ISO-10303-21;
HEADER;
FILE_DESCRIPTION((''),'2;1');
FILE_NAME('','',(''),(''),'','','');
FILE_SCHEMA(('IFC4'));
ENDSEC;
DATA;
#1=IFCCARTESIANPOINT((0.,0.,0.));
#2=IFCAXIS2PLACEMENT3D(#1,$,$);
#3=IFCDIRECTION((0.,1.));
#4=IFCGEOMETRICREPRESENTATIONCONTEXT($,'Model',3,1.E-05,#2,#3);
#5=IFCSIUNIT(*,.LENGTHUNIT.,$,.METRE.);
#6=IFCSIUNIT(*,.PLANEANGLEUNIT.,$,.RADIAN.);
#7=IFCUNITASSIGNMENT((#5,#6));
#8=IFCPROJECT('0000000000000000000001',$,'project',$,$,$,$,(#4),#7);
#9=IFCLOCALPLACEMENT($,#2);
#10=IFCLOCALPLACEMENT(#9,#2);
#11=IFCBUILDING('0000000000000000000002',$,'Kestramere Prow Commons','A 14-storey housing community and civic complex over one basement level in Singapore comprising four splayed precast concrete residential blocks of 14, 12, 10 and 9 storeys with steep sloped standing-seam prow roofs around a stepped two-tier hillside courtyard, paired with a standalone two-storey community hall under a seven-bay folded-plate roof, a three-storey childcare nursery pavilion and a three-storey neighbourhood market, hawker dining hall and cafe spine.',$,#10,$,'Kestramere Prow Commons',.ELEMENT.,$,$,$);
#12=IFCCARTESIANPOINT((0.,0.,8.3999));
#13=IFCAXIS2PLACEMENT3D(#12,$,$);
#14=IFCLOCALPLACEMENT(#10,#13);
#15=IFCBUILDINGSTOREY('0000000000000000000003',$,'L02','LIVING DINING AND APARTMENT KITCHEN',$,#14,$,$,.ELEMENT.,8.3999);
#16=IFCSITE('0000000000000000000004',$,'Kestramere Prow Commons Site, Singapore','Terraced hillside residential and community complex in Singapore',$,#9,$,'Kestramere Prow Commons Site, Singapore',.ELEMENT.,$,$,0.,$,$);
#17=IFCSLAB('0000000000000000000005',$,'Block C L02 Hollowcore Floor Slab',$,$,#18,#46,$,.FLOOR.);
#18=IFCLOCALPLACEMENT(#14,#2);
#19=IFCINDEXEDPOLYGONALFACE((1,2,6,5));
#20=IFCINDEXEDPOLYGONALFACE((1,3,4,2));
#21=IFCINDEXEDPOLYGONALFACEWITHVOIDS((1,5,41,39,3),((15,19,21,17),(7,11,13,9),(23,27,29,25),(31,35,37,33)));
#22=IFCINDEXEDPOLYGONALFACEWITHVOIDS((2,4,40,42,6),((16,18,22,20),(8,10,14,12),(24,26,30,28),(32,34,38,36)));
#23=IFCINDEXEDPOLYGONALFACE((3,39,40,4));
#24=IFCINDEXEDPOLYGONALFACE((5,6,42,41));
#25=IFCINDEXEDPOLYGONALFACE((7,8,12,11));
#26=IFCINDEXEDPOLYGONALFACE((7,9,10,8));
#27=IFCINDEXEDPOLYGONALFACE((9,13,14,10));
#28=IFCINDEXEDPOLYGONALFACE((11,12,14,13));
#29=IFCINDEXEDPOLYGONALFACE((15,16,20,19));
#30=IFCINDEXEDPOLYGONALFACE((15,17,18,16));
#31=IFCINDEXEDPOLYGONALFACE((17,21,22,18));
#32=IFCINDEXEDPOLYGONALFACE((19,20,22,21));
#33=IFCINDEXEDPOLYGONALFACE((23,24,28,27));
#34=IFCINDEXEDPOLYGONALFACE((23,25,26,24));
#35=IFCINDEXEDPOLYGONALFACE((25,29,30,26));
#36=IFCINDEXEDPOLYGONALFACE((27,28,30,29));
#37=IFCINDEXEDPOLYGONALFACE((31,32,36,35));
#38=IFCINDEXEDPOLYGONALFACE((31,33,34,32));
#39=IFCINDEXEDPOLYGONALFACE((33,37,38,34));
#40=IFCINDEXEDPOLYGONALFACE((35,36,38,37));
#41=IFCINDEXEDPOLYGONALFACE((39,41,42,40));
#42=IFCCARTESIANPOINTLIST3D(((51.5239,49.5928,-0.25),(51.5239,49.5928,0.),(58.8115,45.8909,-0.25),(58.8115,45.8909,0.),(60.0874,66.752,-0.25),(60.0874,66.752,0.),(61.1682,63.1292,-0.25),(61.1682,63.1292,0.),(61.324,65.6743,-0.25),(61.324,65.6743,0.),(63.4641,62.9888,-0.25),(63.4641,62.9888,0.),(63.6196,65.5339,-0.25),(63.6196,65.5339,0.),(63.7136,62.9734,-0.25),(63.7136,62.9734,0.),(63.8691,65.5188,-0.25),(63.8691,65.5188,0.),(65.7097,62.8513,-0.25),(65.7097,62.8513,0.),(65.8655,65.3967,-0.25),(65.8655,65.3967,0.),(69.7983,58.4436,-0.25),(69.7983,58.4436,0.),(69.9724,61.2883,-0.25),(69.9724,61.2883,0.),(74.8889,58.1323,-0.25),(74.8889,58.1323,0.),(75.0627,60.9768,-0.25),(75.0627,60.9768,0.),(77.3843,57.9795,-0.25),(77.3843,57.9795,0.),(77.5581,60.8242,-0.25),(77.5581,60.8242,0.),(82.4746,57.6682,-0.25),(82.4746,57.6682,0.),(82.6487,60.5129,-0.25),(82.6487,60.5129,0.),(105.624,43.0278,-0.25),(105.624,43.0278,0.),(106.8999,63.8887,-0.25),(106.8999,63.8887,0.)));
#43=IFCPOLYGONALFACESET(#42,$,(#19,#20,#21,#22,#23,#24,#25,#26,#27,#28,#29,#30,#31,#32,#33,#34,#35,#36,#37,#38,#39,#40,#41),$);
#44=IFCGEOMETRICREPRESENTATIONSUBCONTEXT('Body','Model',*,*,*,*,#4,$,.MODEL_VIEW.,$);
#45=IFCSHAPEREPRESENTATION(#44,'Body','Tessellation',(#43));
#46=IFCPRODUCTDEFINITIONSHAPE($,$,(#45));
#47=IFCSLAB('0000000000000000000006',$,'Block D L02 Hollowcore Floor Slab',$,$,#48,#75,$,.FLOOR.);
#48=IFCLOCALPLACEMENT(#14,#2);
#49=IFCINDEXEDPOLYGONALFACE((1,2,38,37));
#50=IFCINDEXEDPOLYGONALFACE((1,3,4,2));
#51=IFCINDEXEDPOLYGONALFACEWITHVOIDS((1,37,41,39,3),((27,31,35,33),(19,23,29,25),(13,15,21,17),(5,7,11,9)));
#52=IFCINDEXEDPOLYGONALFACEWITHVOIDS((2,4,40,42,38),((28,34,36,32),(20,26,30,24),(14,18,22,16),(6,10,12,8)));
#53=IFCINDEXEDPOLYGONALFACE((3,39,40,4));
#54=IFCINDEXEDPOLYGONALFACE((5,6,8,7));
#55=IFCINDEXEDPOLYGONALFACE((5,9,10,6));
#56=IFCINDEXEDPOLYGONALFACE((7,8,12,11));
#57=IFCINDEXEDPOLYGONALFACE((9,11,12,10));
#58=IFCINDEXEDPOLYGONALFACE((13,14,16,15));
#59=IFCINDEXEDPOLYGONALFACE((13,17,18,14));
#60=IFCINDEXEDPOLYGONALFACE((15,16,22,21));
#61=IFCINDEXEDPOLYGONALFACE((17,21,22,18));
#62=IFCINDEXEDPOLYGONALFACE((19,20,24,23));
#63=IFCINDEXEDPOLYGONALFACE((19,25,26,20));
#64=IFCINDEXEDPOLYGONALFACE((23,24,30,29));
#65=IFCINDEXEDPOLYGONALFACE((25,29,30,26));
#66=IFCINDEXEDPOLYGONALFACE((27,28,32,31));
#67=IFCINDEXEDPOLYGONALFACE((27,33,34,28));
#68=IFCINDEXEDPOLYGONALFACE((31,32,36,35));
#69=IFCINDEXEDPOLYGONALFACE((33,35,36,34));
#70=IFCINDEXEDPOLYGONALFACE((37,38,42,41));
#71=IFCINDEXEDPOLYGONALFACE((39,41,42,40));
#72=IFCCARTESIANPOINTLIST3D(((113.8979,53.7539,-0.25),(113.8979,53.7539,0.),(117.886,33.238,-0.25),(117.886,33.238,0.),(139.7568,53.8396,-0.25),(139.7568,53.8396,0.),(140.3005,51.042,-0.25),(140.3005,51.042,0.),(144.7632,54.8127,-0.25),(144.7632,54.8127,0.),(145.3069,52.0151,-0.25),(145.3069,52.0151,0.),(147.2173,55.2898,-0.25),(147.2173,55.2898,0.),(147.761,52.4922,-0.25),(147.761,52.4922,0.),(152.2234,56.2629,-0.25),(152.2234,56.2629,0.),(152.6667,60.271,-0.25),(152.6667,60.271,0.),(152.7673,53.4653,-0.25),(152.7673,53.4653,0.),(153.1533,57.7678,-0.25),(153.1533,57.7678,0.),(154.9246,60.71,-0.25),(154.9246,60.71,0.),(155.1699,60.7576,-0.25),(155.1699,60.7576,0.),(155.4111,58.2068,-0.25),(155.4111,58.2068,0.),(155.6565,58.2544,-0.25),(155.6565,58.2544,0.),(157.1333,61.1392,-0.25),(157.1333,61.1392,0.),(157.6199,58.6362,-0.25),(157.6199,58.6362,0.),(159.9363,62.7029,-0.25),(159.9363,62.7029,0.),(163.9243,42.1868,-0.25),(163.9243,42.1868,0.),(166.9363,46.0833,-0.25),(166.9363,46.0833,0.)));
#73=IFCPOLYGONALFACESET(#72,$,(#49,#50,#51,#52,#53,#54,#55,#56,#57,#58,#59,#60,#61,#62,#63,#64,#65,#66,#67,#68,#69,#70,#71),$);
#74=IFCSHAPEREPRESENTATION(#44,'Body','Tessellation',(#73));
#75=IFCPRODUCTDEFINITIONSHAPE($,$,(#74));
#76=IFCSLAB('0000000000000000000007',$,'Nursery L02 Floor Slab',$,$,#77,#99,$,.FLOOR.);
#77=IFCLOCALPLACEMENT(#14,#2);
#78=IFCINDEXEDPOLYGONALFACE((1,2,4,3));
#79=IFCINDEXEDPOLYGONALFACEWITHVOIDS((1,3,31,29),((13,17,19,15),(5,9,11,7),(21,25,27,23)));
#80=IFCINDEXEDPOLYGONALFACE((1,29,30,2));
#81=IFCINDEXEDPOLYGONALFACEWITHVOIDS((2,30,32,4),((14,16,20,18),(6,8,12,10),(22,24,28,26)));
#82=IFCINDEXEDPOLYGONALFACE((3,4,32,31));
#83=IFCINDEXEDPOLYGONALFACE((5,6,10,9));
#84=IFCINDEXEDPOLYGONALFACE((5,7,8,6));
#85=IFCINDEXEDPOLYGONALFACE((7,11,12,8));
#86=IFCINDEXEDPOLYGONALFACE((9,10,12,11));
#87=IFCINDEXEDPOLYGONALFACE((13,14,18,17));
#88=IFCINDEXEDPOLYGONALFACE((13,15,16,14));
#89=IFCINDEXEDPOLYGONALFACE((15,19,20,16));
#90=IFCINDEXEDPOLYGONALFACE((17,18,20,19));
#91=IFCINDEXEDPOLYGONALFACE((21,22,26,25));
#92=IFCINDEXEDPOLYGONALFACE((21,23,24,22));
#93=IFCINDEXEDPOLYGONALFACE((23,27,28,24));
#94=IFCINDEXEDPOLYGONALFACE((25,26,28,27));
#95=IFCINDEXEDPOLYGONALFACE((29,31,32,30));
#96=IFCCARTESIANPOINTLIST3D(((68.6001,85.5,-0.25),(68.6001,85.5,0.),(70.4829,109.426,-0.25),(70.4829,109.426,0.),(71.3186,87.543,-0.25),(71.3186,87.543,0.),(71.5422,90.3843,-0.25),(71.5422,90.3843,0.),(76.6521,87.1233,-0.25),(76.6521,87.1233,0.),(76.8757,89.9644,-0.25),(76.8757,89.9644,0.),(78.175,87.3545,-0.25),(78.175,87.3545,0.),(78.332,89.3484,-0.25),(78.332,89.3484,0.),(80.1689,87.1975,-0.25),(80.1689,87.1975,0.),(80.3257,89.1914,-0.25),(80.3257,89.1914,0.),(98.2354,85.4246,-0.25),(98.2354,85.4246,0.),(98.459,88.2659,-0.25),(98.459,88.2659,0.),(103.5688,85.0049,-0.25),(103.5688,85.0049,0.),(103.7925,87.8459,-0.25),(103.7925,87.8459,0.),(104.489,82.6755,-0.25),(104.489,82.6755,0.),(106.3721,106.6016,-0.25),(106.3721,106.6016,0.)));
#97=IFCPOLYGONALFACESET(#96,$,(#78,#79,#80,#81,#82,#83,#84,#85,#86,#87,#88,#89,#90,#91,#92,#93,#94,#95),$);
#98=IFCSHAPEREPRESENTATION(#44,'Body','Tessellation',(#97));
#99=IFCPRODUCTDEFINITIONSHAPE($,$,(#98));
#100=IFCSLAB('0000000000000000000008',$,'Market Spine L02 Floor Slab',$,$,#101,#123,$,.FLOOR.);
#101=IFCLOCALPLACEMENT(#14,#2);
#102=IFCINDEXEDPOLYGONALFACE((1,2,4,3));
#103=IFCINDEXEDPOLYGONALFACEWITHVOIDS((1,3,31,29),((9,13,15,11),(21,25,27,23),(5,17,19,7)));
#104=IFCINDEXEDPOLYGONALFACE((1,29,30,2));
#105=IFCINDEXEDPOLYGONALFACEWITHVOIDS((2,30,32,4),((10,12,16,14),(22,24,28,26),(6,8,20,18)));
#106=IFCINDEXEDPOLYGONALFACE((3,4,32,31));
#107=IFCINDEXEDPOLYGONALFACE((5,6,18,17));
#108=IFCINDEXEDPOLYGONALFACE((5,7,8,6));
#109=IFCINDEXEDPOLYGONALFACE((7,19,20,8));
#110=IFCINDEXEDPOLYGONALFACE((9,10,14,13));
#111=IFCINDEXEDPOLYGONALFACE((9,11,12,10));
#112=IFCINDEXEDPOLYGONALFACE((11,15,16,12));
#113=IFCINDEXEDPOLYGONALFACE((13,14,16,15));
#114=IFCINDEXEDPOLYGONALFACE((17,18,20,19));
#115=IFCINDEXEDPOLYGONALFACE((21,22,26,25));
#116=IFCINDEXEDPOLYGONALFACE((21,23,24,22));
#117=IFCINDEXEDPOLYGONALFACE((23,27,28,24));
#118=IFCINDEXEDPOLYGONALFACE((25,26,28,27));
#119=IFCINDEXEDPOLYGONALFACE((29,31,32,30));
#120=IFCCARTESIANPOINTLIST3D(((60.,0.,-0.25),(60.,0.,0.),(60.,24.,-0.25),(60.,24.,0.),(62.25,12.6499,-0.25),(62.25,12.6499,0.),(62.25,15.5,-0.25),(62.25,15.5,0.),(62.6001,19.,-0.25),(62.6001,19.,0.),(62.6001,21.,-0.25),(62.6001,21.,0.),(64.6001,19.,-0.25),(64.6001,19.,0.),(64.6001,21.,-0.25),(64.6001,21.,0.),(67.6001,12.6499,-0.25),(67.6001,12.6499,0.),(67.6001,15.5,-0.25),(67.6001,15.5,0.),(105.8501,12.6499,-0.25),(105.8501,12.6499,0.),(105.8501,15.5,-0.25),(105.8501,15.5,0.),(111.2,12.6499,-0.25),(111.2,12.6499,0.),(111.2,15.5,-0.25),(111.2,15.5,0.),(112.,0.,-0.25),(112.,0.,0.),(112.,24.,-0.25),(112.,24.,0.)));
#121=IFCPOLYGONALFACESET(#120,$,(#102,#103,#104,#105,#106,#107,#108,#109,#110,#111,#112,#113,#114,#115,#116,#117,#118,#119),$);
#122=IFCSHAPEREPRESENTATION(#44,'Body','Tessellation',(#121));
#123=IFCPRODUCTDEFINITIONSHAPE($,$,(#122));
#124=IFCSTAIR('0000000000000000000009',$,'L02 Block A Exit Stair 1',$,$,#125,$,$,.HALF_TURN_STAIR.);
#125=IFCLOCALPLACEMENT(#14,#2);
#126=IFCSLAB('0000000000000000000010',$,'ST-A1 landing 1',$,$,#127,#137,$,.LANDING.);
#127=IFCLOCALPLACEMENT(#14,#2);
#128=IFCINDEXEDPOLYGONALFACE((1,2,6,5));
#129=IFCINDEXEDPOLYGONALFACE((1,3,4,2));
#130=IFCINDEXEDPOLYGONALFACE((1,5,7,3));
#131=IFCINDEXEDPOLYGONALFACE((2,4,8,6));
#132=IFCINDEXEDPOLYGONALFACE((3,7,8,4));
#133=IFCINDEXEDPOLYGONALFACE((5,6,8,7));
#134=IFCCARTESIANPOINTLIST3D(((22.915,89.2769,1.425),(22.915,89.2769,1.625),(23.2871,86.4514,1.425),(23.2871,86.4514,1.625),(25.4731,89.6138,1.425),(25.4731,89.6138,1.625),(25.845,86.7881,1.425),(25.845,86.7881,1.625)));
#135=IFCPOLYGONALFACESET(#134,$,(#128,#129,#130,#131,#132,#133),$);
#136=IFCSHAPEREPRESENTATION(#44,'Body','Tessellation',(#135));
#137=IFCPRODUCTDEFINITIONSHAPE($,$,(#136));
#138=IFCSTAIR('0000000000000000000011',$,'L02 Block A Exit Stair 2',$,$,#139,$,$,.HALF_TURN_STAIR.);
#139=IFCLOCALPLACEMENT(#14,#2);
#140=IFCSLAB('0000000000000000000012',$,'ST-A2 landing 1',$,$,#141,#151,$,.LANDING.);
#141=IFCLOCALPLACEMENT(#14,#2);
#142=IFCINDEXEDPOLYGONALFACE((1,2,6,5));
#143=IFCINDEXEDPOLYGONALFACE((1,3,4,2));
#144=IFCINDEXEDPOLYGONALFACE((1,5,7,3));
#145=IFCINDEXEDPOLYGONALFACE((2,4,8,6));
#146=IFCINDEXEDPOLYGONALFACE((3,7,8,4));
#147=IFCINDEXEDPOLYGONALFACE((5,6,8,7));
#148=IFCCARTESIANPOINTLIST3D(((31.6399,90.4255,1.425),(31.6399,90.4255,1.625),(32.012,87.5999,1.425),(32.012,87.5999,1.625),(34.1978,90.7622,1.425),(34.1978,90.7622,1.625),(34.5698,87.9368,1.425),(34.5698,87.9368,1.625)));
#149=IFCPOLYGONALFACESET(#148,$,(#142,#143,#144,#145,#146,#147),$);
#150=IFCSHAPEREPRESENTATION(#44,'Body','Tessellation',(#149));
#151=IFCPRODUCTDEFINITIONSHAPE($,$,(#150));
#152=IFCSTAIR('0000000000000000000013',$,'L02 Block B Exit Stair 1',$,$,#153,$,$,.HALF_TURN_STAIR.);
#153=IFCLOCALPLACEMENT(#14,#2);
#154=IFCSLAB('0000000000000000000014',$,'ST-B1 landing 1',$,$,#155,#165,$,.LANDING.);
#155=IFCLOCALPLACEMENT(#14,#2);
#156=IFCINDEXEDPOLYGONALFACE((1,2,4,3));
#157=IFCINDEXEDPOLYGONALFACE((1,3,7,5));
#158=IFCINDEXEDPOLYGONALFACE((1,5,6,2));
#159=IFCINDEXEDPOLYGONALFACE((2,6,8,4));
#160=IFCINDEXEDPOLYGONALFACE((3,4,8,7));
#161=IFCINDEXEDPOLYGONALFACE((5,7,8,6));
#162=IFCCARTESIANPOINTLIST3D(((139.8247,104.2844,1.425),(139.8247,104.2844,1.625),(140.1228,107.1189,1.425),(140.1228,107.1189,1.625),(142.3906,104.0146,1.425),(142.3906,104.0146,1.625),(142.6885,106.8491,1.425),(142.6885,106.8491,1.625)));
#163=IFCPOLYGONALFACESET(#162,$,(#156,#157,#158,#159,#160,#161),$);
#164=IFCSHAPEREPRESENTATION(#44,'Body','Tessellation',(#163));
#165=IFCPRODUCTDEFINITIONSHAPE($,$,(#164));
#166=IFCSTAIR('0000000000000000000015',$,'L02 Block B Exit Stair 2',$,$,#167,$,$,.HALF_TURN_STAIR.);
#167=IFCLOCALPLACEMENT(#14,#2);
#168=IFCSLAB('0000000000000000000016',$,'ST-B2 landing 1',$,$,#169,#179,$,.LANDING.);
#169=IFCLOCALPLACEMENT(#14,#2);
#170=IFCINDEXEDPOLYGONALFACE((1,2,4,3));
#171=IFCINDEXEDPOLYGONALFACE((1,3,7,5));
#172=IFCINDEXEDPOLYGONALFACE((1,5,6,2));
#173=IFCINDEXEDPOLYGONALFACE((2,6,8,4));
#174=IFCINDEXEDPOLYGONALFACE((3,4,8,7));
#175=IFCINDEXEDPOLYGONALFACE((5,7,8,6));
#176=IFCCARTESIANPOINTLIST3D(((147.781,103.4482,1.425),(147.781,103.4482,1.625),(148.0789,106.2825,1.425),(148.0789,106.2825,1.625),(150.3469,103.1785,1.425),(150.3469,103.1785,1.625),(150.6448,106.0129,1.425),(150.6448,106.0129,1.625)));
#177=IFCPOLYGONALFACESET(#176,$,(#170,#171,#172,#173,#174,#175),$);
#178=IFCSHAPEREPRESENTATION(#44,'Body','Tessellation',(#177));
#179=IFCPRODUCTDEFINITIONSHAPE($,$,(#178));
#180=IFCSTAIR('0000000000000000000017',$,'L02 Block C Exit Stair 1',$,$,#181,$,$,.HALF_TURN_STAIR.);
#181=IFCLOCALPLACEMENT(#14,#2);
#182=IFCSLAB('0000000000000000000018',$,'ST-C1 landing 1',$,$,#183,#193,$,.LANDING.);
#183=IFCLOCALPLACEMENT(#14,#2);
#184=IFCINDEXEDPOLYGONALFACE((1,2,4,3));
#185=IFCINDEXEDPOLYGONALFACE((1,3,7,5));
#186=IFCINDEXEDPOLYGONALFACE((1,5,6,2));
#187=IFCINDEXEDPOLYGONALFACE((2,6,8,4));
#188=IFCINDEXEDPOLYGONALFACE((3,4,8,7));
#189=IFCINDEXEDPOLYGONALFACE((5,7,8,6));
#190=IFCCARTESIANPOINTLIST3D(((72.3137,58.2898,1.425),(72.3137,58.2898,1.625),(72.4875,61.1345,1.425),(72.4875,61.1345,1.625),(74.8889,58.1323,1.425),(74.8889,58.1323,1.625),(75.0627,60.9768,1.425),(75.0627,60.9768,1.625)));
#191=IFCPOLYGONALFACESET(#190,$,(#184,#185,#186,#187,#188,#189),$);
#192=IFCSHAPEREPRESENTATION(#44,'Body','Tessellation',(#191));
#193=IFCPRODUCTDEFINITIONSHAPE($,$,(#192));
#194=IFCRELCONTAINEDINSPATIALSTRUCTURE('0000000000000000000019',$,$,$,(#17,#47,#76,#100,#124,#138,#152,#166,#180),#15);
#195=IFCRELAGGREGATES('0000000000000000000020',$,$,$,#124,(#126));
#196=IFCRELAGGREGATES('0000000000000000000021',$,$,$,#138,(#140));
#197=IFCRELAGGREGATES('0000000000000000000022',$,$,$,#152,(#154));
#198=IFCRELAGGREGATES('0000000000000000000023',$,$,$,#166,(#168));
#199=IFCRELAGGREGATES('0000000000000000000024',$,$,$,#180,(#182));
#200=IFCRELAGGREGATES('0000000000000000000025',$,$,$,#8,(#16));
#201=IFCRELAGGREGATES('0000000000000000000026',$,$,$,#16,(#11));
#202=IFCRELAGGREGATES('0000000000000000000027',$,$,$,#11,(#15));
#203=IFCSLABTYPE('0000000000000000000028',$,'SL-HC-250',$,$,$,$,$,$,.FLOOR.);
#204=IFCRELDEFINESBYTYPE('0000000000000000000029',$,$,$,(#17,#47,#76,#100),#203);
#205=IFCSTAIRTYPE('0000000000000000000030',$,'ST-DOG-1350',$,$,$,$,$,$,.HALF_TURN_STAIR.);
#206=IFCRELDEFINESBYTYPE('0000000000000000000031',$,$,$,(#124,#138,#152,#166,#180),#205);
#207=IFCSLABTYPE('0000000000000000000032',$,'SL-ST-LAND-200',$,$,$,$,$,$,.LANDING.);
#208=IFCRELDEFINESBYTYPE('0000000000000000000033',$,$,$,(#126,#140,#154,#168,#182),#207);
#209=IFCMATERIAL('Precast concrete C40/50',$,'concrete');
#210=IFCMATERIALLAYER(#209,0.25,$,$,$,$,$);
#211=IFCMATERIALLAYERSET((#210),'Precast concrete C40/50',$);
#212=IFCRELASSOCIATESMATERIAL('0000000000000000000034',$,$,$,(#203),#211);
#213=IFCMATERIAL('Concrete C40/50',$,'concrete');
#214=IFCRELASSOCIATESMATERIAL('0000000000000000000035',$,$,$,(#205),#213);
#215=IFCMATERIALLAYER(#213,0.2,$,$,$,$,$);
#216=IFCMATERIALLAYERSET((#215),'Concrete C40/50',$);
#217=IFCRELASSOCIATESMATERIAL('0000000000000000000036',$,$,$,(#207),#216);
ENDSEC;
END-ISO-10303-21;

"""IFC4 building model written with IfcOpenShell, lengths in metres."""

from ifc_helpers import new_model, si_unit, direction, frame, origin, place, context, subcontext, project, spatial, polyline, outline, extrude, material, layer, layer_set, type_object, element, aggregate, save


model = new_model("IFC4")

# Units and contexts
model_context = context("Model", 3, precision=1e-05, world=origin(), true_north=direction((0.0, 1.0)))
body_context = subcontext(model_context, "Body", "Model", "MODEL_VIEW")
ifc_project = project(units=[si_unit("LENGTHUNIT", "METRE"), si_unit("PLANEANGLEUNIT", "RADIAN")], contexts=[model_context])

# Site, building, storey
site_placement = place(None, origin())
site = spatial("IfcSite", under=ifc_project, at=site_placement, Name="Kestramere Prow Commons Site, Singapore", Description="Terraced hillside residential and community complex in Singapore", LongName="Kestramere Prow Commons Site, Singapore", CompositionType="ELEMENT", RefElevation=0.0)
building_placement = place(site_placement, origin())
building = spatial("IfcBuilding", under=site, at=building_placement, Name="Kestramere Prow Commons", Description="A 14-storey housing community and civic complex over one basement level in Singapore comprising four splayed precast concrete residential blocks of 14, 12, 10 and 9 storeys with steep sloped standing-seam prow roofs around a stepped two-tier hillside courtyard, paired with a standalone two-storey community hall under a seven-bay folded-plate roof, a three-storey childcare nursery pavilion and a three-storey neighbourhood market, hawker dining hall and cafe spine.", LongName="Kestramere Prow Commons", CompositionType="ELEMENT")
storey_placement = place(building_placement, frame((0.0, 0.0, 8.3999)))
storey = spatial("IfcBuildingStorey", under=building, at=storey_placement, Name="L02", Description="LIVING DINING AND APARTMENT KITCHEN", CompositionType="ELEMENT", Elevation=8.3999)

# Slabs
ifc_material_1 = material(Name="Precast concrete C40/50", Category="concrete")
ifc_layer_1 = layer(ifc_material_1, 0.25)
ifc_layer_set_1 = layer_set([ifc_layer_1], Name="Precast concrete C40/50")
slab_type_1 = type_object("IfcSlabType", Name="SL-HC-250", PredefinedType="FLOOR", material=ifc_layer_set_1)
slab_1_placement = place(storey_placement, frame((0.0, 0.0, -0.25)))
element("IfcSlab", 1, at=slab_1_placement, inside=storey, type_object=slab_type_1, Name="Block C L02 Hollowcore Floor Slab", PredefinedType="FLOOR", context=body_context, shape_type="SweptSolid", body=[
    extrude(outline(polyline([(51.5239, 49.5928), (58.8115, 45.8909), (105.624, 43.0278), (106.8999, 63.8887), (60.0874, 66.752), (51.5239, 49.5928)]), holes=[polyline([(61.1682, 63.1292), (63.4641, 62.9888), (63.6196, 65.5339), (61.324, 65.6743), (61.1682, 63.1292)]), polyline([(63.7136, 62.9734), (65.7097, 62.8513), (65.8655, 65.3967), (63.8691, 65.5188), (63.7136, 62.9734)]), polyline([(69.7983, 58.4436), (74.8889, 58.1323), (75.0627, 60.9768), (69.9724, 61.2883), (69.7983, 58.4436)]), polyline([(77.3843, 57.9795), (82.4746, 57.6682), (82.6487, 60.5129), (77.5581, 60.8242), (77.3843, 57.9795)])]), origin(), (0.0, 0.0, 1.0), 0.25),
])
slab_2_placement = place(storey_placement, frame((0.0, 0.0, -0.25)))
element("IfcSlab", 2, at=slab_2_placement, inside=storey, type_object=slab_type_1, Name="Block D L02 Hollowcore Floor Slab", PredefinedType="FLOOR", context=body_context, shape_type="SweptSolid", body=[
    extrude(outline(polyline([(117.886, 33.238), (163.9243, 42.1868), (166.9363, 46.0833), (159.9363, 62.7029), (113.8979, 53.7539), (117.886, 33.238)]), holes=[polyline([(153.1533, 57.7678), (155.4111, 58.2068), (154.9246, 60.71), (152.6667, 60.271), (153.1533, 57.7678)]), polyline([(155.6565, 58.2544), (157.6199, 58.6362), (157.1333, 61.1392), (155.1699, 60.7576), (155.6565, 58.2544)]), polyline([(140.3005, 51.042), (145.3069, 52.0151), (144.7632, 54.8127), (139.7568, 53.8396), (140.3005, 51.042)]), polyline([(147.761, 52.4922), (152.7673, 53.4653), (152.2234, 56.2629), (147.2173, 55.2898), (147.761, 52.4922)])]), origin(), (0.0, 0.0, 1.0), 0.25),
])
slab_3_placement = place(storey_placement, frame((0.0, 0.0, -0.25)))
element("IfcSlab", 3, at=slab_3_placement, inside=storey, type_object=slab_type_1, Name="Nursery L02 Floor Slab", PredefinedType="FLOOR", context=body_context, shape_type="SweptSolid", body=[
    extrude(outline(polyline([(68.6001, 85.5), (104.489, 82.6755), (106.3721, 106.6016), (70.4829, 109.426), (68.6001, 85.5)]), holes=[polyline([(78.175, 87.3545), (80.1689, 87.1975), (80.3257, 89.1914), (78.332, 89.3484), (78.175, 87.3545)]), polyline([(71.3186, 87.543), (76.6521, 87.1233), (76.8757, 89.9644), (71.5422, 90.3843), (71.3186, 87.543)]), polyline([(98.2354, 85.4246), (103.5688, 85.0049), (103.7925, 87.8459), (98.459, 88.2659), (98.2354, 85.4246)])]), origin(), (0.0, 0.0, 1.0), 0.25),
])
slab_4_placement = place(storey_placement, frame((0.0, 0.0, -0.25)))
element("IfcSlab", 4, at=slab_4_placement, inside=storey, type_object=slab_type_1, Name="Market Spine L02 Floor Slab", PredefinedType="FLOOR", context=body_context, shape_type="SweptSolid", body=[
    extrude(outline(polyline([(60.0, 0.0), (112.0, 0.0), (112.0, 24.0), (60.0, 24.0), (60.0, 0.0)]), holes=[polyline([(62.6001, 19.0), (64.6001, 19.0), (64.6001, 21.0), (62.6001, 21.0), (62.6001, 19.0)]), polyline([(62.25, 12.6499), (67.6001, 12.6499), (67.6001, 15.5), (62.25, 15.5), (62.25, 12.6499)]), polyline([(105.8501, 12.6499), (111.2, 12.6499), (111.2, 15.5), (105.8501, 15.5), (105.8501, 12.6499)])]), origin(), (0.0, 0.0, 1.0), 0.25),
])

# Stairs, slabs
ifc_material_2 = material(Name="Concrete C40/50", Category="concrete")
stair_type = type_object("IfcStairType", Name="ST-DOG-1350", PredefinedType="HALF_TURN_STAIR", material=ifc_material_2)
stair_1_placement = place(storey_placement, origin())
stair_1 = element("IfcStair", 5, at=stair_1_placement, inside=storey, type_object=stair_type, Name="L02 Block A Exit Stair 1", PredefinedType="HALF_TURN_STAIR")
ifc_layer_2 = layer(ifc_material_2, 0.2)
ifc_layer_set_2 = layer_set([ifc_layer_2], Name="Concrete C40/50")
slab_type_2 = type_object("IfcSlabType", Name="SL-ST-LAND-200", PredefinedType="LANDING", material=ifc_layer_set_2)
slab_5_placement = place(storey_placement, frame((0.0, 0.0, 1.425)))
slab_5 = element("IfcSlab", 6, at=slab_5_placement, type_object=slab_type_2, Name="ST-A1 landing 1", PredefinedType="LANDING", context=body_context, shape_type="SweptSolid", body=[
    extrude(outline(polyline([(23.2871, 86.4514), (25.845, 86.7881), (25.4731, 89.6138), (22.915, 89.2769), (23.2871, 86.4514)])), origin(), (0.0, 0.0, 1.0), 0.2),
])
aggregate(stair_1, [slab_5])
stair_2_placement = place(storey_placement, origin())
stair_2 = element("IfcStair", 7, at=stair_2_placement, inside=storey, type_object=stair_type, Name="L02 Block A Exit Stair 2", PredefinedType="HALF_TURN_STAIR")
slab_6_placement = place(storey_placement, frame((0.0, 0.0, 1.425)))
slab_6 = element("IfcSlab", 8, at=slab_6_placement, type_object=slab_type_2, Name="ST-A2 landing 1", PredefinedType="LANDING", context=body_context, shape_type="SweptSolid", body=[
    extrude(outline(polyline([(32.012, 87.5999), (34.5698, 87.9368), (34.1978, 90.7622), (31.6399, 90.4255), (32.012, 87.5999)])), origin(), (0.0, 0.0, 1.0), 0.2),
])
aggregate(stair_2, [slab_6])
stair_3_placement = place(storey_placement, origin())
stair_3 = element("IfcStair", 9, at=stair_3_placement, inside=storey, type_object=stair_type, Name="L02 Block B Exit Stair 1", PredefinedType="HALF_TURN_STAIR")
slab_7_placement = place(storey_placement, frame((0.0, 0.0, 1.425)))
slab_7 = element("IfcSlab", 10, at=slab_7_placement, type_object=slab_type_2, Name="ST-B1 landing 1", PredefinedType="LANDING", context=body_context, shape_type="SweptSolid", body=[
    extrude(outline(polyline([(139.8247, 104.2844), (142.3906, 104.0146), (142.6885, 106.8491), (140.1228, 107.1189), (139.8247, 104.2844)])), origin(), (0.0, 0.0, 1.0), 0.2),
])
aggregate(stair_3, [slab_7])
stair_4_placement = place(storey_placement, origin())
stair_4 = element("IfcStair", 11, at=stair_4_placement, inside=storey, type_object=stair_type, Name="L02 Block B Exit Stair 2", PredefinedType="HALF_TURN_STAIR")
slab_8_placement = place(storey_placement, frame((0.0, 0.0, 1.425)))
slab_8 = element("IfcSlab", 12, at=slab_8_placement, type_object=slab_type_2, Name="ST-B2 landing 1", PredefinedType="LANDING", context=body_context, shape_type="SweptSolid", body=[
    extrude(outline(polyline([(147.781, 103.4482), (150.3469, 103.1785), (150.6448, 106.0129), (148.0789, 106.2825), (147.781, 103.4482)])), origin(), (0.0, 0.0, 1.0), 0.2),
])
aggregate(stair_4, [slab_8])
stair_5_placement = place(storey_placement, origin())
stair_5 = element("IfcStair", 13, at=stair_5_placement, inside=storey, type_object=stair_type, Name="L02 Block C Exit Stair 1", PredefinedType="HALF_TURN_STAIR")
slab_9_placement = place(storey_placement, frame((0.0, 0.0, 1.425)))
slab_9 = element("IfcSlab", 14, at=slab_9_placement, type_object=slab_type_2, Name="ST-C1 landing 1", PredefinedType="LANDING", context=body_context, shape_type="SweptSolid", body=[
    extrude(outline(polyline([(72.3137, 58.2898), (74.8889, 58.1323), (75.0627, 60.9768), (72.4875, 61.1345), (72.3137, 58.2898)])), origin(), (0.0, 0.0, 1.0), 0.2),
])
aggregate(stair_5, [slab_9])

save(model, "model.ifc")
